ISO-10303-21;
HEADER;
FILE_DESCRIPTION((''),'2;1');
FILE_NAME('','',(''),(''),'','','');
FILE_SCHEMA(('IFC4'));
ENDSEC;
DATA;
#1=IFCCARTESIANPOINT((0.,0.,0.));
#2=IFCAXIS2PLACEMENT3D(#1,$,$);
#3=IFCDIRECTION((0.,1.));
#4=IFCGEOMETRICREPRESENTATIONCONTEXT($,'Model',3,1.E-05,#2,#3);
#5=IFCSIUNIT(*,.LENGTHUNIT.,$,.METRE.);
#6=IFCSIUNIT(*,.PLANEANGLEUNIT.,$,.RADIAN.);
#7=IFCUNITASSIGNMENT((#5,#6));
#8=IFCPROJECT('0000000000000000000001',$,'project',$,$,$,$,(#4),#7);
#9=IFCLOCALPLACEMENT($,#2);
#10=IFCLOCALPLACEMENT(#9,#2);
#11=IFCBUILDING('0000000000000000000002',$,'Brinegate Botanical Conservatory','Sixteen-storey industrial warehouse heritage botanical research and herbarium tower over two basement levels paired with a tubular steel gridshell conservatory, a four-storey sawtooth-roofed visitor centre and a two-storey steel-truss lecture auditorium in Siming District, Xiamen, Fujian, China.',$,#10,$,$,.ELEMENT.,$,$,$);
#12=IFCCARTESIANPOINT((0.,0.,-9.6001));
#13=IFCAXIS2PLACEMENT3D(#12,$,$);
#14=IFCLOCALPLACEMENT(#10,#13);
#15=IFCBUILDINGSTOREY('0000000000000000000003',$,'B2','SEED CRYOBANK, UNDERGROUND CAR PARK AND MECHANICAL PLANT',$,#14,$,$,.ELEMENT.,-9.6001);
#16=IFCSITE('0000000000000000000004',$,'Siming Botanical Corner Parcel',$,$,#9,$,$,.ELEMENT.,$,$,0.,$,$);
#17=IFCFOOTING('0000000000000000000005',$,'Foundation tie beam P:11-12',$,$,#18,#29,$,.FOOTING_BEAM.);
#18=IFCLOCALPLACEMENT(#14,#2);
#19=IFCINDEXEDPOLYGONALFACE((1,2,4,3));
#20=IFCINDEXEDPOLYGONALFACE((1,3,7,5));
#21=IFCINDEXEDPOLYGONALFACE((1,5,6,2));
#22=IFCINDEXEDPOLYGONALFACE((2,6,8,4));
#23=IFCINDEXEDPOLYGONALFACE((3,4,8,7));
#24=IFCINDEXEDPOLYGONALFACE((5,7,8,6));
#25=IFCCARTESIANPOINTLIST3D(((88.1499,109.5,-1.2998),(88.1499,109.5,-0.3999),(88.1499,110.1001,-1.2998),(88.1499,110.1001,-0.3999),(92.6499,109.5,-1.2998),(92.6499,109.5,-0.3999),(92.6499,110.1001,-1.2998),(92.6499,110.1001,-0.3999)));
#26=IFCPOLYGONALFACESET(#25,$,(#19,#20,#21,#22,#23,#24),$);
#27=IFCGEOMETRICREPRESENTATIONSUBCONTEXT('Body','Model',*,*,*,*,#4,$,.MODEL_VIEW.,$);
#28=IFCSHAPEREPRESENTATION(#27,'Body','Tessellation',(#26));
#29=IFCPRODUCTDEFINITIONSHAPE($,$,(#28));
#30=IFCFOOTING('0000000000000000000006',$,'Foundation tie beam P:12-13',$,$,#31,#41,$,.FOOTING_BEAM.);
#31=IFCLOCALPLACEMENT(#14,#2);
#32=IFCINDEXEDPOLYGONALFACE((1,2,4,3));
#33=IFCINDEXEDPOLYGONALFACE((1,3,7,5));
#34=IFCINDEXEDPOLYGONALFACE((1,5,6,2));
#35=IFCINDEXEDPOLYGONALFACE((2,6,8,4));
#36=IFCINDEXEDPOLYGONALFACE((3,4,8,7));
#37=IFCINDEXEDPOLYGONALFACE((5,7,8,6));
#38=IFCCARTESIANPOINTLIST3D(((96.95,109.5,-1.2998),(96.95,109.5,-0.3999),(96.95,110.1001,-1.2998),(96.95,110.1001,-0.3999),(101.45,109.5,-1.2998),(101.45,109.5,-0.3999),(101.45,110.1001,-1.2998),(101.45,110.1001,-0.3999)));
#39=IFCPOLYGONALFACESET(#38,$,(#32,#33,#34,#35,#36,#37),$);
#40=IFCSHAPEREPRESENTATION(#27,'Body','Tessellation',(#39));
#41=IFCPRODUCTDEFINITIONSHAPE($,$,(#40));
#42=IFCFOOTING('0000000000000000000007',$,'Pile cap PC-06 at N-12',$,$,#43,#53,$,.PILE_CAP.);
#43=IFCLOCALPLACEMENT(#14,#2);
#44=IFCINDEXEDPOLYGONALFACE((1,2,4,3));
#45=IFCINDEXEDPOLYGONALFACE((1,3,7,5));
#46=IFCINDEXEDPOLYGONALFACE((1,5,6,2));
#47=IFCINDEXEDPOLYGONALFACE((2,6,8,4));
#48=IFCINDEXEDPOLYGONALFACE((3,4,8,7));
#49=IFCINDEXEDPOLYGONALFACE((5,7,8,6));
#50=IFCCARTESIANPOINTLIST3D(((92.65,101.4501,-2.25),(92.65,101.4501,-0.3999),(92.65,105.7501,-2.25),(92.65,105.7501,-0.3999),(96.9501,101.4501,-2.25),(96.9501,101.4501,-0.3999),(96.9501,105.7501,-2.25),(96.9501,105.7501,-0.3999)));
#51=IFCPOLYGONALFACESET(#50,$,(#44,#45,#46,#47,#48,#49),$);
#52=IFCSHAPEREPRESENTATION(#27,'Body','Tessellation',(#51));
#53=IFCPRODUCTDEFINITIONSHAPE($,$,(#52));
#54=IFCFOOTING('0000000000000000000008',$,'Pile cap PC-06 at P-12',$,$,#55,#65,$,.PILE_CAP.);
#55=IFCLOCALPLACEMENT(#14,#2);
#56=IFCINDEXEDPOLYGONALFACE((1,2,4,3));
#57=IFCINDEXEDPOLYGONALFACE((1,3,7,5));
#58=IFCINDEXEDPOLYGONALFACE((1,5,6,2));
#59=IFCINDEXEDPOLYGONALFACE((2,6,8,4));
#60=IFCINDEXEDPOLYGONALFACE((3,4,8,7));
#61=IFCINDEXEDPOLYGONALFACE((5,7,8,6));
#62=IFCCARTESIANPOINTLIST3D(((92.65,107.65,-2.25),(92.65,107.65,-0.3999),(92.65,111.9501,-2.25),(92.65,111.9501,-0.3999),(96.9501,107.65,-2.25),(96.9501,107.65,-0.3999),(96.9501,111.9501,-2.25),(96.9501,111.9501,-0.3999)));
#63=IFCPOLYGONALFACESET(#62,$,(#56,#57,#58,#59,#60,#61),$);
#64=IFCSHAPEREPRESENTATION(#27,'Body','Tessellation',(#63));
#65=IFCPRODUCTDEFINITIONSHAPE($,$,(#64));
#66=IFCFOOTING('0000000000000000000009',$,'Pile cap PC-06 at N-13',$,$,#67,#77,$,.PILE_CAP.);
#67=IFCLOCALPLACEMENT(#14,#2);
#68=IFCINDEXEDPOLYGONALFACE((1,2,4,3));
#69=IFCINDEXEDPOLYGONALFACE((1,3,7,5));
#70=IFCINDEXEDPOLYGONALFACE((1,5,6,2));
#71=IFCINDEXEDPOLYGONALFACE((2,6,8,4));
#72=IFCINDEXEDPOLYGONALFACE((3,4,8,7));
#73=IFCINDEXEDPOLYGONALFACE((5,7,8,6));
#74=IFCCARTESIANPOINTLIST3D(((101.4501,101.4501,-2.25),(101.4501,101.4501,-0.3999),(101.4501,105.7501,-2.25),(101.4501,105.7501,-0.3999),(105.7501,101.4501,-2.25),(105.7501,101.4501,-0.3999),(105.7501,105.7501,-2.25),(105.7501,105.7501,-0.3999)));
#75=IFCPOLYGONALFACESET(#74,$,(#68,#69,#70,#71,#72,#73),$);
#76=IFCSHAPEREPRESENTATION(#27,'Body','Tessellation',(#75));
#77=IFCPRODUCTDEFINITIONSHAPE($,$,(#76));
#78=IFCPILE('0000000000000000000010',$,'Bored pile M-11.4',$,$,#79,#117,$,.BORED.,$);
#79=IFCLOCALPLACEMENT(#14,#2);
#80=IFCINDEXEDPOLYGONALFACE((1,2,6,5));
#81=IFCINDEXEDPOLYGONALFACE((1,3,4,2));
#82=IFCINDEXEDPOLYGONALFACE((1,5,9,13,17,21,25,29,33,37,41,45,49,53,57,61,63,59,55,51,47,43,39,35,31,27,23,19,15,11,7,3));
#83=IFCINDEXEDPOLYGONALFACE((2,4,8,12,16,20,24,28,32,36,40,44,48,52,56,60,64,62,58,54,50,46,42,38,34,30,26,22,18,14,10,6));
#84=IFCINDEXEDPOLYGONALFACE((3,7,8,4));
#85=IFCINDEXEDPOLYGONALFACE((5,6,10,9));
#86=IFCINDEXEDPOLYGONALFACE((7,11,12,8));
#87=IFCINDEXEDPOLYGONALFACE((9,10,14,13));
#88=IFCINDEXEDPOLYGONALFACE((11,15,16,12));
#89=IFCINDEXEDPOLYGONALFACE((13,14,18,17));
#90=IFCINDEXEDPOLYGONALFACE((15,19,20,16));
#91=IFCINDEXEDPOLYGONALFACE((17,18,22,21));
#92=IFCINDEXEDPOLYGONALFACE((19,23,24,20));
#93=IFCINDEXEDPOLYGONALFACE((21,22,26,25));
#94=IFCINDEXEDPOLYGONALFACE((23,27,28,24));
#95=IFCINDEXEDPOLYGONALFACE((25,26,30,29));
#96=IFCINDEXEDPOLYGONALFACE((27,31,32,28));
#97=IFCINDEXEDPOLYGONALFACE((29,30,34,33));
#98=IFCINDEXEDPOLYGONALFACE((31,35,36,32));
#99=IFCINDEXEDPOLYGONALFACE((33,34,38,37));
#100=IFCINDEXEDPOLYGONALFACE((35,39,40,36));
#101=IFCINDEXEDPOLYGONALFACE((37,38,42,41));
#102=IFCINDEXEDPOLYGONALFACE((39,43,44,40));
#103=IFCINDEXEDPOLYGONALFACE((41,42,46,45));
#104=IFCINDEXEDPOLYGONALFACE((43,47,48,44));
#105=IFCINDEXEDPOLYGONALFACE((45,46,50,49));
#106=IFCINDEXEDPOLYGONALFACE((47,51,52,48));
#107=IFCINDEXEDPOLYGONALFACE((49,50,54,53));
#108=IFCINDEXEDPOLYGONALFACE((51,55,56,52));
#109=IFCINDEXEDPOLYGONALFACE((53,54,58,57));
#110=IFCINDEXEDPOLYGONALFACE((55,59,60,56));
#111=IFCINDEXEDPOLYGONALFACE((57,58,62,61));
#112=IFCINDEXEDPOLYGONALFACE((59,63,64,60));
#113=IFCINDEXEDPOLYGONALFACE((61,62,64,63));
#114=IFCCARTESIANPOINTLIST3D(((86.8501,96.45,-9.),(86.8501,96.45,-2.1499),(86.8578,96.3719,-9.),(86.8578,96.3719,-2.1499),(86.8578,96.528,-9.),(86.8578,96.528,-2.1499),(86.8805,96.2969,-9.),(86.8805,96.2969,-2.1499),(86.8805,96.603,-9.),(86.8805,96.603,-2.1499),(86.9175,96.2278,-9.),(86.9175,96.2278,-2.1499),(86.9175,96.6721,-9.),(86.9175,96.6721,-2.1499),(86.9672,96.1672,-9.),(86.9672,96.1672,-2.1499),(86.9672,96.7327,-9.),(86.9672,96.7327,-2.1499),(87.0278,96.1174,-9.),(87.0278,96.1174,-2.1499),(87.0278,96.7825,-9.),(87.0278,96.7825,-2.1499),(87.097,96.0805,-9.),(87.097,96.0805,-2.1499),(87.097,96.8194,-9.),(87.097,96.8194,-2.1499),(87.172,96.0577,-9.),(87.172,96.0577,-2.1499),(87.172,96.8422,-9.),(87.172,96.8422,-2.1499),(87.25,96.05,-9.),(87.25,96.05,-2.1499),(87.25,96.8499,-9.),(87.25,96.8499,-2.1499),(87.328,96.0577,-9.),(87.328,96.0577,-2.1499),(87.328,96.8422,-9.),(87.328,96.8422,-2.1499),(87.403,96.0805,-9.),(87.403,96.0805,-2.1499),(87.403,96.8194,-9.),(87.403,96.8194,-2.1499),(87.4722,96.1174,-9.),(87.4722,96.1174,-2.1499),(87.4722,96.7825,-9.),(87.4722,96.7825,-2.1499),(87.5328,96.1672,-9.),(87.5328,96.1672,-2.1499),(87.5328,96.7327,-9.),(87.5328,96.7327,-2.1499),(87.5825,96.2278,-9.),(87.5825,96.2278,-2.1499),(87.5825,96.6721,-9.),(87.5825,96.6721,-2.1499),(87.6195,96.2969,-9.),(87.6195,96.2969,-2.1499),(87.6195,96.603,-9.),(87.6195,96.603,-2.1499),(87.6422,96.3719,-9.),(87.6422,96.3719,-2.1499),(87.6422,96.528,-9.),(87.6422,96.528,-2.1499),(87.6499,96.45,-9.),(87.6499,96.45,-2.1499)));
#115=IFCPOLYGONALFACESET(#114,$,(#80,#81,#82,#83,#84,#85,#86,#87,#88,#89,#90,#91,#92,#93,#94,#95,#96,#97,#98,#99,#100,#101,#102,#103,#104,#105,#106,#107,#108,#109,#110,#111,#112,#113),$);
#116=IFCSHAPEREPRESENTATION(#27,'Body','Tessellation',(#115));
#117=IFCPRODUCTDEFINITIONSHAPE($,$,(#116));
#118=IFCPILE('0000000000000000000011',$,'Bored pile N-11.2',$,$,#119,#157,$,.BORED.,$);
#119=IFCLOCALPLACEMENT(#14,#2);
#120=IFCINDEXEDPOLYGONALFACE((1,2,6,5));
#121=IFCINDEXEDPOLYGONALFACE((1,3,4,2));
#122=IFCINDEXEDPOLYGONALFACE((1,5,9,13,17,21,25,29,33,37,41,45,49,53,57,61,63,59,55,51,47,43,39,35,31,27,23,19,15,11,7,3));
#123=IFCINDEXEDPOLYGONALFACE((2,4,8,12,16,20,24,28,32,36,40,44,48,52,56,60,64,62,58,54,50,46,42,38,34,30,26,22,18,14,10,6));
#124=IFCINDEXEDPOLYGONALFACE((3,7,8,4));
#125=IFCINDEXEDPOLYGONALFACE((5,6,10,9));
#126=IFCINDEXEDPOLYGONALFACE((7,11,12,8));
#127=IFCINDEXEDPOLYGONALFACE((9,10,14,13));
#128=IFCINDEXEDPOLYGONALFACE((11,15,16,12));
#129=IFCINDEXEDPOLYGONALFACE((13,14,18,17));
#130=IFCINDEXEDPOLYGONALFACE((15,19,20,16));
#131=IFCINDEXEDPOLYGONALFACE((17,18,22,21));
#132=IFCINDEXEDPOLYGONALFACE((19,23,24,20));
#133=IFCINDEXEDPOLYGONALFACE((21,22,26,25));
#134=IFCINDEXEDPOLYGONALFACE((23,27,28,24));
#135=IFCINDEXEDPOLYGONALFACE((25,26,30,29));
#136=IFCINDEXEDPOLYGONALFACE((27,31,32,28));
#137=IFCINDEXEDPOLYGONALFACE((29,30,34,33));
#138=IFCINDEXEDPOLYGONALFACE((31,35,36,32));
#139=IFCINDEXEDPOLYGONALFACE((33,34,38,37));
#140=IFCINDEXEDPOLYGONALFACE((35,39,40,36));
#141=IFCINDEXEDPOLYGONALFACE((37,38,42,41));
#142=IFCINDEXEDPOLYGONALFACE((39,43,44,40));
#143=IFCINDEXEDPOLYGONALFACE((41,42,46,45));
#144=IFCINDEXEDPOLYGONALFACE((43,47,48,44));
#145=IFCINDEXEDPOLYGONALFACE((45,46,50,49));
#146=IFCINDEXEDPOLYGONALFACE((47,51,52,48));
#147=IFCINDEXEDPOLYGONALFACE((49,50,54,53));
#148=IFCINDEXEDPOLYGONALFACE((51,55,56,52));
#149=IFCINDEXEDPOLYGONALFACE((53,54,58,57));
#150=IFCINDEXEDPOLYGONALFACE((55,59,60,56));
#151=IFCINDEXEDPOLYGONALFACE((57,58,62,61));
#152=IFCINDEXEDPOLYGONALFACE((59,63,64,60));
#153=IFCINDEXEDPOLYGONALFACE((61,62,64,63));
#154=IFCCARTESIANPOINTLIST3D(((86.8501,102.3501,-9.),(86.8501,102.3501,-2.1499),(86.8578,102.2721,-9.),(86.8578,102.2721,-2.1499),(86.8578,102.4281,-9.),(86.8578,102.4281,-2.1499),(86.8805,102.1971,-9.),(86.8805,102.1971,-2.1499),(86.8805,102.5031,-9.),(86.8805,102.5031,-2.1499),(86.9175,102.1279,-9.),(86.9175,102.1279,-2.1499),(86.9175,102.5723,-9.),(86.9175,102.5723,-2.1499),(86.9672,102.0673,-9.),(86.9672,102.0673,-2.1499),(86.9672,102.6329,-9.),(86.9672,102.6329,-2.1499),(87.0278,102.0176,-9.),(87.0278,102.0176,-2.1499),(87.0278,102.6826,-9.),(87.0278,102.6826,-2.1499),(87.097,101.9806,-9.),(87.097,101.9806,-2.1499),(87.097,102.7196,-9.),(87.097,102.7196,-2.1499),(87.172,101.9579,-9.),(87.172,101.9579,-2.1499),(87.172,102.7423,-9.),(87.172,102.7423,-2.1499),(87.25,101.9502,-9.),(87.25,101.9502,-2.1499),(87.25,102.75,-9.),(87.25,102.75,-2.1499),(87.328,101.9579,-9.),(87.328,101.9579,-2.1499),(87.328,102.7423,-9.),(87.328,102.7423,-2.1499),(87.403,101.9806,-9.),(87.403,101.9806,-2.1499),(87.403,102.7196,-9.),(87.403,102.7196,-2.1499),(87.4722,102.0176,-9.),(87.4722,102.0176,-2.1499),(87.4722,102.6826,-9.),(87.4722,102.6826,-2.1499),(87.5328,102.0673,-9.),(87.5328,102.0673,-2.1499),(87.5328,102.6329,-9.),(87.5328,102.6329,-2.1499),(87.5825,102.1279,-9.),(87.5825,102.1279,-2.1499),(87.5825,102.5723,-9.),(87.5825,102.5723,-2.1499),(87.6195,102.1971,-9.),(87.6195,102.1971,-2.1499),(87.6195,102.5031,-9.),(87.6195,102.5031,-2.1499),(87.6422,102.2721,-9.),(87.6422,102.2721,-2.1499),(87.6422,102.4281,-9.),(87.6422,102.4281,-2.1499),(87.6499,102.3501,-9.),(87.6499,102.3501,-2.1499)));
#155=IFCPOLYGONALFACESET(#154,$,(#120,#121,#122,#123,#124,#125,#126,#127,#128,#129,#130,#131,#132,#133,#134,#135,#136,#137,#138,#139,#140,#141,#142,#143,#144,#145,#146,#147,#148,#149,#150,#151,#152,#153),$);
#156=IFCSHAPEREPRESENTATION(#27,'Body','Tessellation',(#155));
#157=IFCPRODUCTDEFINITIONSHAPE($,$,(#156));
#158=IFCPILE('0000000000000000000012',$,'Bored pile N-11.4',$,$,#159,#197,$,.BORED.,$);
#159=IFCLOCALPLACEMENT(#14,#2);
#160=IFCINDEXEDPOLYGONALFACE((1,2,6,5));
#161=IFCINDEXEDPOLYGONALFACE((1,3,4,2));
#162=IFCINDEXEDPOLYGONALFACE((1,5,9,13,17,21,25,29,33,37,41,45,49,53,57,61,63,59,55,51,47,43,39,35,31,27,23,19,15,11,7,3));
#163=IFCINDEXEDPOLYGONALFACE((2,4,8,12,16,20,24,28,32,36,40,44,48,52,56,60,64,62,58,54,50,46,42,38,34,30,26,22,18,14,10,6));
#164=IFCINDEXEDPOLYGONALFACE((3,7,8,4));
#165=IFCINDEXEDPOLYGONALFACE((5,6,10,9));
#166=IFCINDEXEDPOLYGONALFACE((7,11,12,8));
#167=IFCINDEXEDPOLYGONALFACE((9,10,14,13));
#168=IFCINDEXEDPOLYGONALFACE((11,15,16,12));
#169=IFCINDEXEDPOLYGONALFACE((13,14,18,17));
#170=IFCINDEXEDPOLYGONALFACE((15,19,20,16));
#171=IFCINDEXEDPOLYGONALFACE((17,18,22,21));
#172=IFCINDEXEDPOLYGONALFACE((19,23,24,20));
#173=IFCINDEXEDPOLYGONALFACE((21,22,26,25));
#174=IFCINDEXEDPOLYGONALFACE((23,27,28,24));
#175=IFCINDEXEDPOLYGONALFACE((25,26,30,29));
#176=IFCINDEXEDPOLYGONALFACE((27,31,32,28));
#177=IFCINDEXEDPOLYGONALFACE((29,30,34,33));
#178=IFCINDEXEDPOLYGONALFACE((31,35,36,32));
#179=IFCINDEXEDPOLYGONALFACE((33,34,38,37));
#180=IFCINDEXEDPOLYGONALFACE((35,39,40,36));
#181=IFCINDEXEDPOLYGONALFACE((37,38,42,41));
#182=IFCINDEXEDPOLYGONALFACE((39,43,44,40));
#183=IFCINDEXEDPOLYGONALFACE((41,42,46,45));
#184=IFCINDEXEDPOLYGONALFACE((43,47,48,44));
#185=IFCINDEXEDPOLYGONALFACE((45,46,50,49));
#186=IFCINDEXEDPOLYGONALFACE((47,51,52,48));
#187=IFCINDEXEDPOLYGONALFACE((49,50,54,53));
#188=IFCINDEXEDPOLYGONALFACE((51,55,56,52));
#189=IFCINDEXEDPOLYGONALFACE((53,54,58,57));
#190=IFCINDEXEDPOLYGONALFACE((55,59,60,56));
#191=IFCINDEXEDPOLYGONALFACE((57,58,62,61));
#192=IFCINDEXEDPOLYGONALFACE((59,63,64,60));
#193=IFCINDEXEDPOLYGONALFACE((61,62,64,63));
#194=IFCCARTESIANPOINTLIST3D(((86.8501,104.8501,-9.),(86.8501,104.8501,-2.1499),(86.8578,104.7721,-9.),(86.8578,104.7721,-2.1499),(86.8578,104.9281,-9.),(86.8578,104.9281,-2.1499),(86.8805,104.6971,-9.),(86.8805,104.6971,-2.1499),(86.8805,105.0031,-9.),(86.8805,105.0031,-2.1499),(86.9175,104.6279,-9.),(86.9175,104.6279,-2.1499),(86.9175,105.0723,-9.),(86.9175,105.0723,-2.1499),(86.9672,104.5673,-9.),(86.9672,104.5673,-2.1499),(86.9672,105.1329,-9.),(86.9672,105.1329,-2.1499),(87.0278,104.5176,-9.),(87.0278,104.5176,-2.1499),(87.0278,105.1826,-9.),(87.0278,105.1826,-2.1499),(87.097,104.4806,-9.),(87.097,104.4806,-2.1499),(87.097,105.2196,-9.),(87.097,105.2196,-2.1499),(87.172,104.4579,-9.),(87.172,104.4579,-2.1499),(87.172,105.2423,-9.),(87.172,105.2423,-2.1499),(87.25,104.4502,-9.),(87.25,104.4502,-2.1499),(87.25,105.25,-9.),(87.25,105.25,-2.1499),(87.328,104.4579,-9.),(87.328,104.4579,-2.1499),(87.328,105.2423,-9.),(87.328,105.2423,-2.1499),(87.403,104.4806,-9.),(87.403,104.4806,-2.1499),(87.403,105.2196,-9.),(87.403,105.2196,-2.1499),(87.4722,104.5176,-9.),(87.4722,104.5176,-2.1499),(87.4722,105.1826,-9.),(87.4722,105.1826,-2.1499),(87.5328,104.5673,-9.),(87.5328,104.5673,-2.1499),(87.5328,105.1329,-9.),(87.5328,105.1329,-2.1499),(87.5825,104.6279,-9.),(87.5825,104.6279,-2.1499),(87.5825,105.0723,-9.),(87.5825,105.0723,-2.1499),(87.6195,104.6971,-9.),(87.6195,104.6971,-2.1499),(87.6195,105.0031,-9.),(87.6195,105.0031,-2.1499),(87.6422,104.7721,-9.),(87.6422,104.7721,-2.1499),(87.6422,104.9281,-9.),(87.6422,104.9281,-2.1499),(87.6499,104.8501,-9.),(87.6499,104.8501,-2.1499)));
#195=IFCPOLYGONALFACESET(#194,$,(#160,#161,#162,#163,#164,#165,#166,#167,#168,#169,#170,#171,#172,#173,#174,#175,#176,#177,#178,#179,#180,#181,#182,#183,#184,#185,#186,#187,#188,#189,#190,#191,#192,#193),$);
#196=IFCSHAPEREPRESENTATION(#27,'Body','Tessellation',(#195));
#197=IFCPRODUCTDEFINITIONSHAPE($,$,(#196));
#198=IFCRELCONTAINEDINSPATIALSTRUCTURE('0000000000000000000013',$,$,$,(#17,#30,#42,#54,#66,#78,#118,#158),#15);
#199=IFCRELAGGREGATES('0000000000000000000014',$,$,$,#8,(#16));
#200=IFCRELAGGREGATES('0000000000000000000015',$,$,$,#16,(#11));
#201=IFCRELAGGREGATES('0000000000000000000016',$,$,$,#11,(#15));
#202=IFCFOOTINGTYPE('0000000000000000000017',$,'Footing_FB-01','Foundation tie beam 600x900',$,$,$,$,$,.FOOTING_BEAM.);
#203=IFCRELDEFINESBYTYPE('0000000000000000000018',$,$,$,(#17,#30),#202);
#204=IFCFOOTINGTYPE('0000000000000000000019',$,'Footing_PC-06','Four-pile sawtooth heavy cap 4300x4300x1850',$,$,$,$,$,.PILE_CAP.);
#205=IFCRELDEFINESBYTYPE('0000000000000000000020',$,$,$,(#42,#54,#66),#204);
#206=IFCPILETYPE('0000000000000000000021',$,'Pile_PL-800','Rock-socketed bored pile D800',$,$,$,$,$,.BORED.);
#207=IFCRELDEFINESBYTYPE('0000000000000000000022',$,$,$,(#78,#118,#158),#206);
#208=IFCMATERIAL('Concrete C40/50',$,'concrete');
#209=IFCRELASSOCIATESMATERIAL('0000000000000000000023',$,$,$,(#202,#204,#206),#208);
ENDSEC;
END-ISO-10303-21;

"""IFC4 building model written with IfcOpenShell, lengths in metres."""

from ifc_helpers import new_model, si_unit, direction, frame, origin, origin_2d, place, context, subcontext, project, spatial, rectangle, circle, extrude, material, material_profile, profile_set, type_object, element, save


model = new_model("IFC4")

# Units and contexts
model_context = context("Model", 3, precision=1e-05, world=origin(), true_north=direction((0.0, 1.0)))
body_context = subcontext(model_context, "Body", "Model", "MODEL_VIEW")
ifc_project = project(units=[si_unit("LENGTHUNIT", "METRE"), si_unit("PLANEANGLEUNIT", "RADIAN")], contexts=[model_context])

# Site, building, storey
site_placement = place(None, origin())
site = spatial("IfcSite", under=ifc_project, at=site_placement, Name="Siming Botanical Corner Parcel", CompositionType="ELEMENT", RefElevation=0.0)
building_placement = place(site_placement, origin())
building = spatial("IfcBuilding", under=site, at=building_placement, Name="Brinegate Botanical Conservatory", Description="Sixteen-storey industrial warehouse heritage botanical research and herbarium tower over two basement levels paired with a tubular steel gridshell conservatory, a four-storey sawtooth-roofed visitor centre and a two-storey steel-truss lecture auditorium in Siming District, Xiamen, Fujian, China.", CompositionType="ELEMENT")
storey_placement = place(building_placement, frame((0.0, 0.0, -9.6001)))
storey = spatial("IfcBuildingStorey", under=building, at=storey_placement, Name="B2", Description="SEED CRYOBANK, UNDERGROUND CAR PARK AND MECHANICAL PLANT", CompositionType="ELEMENT", Elevation=-9.6001)

# Footings
ifc_material = material(Name="Concrete C40/50", Category="concrete")
ifc_material_profile_1 = material_profile(ifc_material, rectangle(XDim=0.6001, YDim=0.8999, at=origin_2d()), Name="RC GB 600x900")
ifc_profile_set_1 = profile_set([ifc_material_profile_1], Name="Concrete C40/50")
footing_type_1 = type_object("IfcFootingType", Name="Footing_FB-01", Description="Foundation tie beam 600x900", PredefinedType="FOOTING_BEAM", material=ifc_profile_set_1)
for number, where, z_axis, x_axis, name in (
    (1, (88.1499, 109.8, -0.8499), (1.0, 0.0, 0.0), (0.0, 1.0, 0.0), "Foundation tie beam P:11-12"),
    (2, (96.95, 109.8, -0.8499), (1.0, 0.0, 0.0), (0.0, 1.0, 0.0), "Foundation tie beam P:12-13"),
):
    element("IfcFooting", number, at=place(storey_placement, frame(where, z_axis=z_axis, x_axis=x_axis)), inside=storey, type_object=footing_type_1, Name=name, PredefinedType="FOOTING_BEAM", context=body_context, shape_type="SweptSolid", body=[
        extrude(rectangle(XDim=0.6001, YDim=0.8999, at=origin_2d()), origin(), (0.0, 0.0, 1.0), 4.5),
    ])
footing_type_2 = type_object("IfcFootingType", Name="Footing_PC-06", Description="Four-pile sawtooth heavy cap 4300x4300x1850", PredefinedType="PILE_CAP", material=ifc_material)
for number, where, z_axis, x_axis, name in (
    (3, (94.8, 103.6001, -2.25), (0.0, 0.0, 1.0), (1.0, 0.0, 0.0), "Pile cap PC-06 at N-12"),
    (4, (94.8, 109.8, -2.25), (0.0, 0.0, 1.0), (1.0, 0.0, 0.0), "Pile cap PC-06 at P-12"),
    (5, (103.6001, 103.6001, -2.25), (0.0, 0.0, 1.0), (1.0, 0.0, 0.0), "Pile cap PC-06 at N-13"),
):
    element("IfcFooting", number, at=place(storey_placement, frame(where, z_axis=z_axis, x_axis=x_axis)), inside=storey, type_object=footing_type_2, Name=name, PredefinedType="PILE_CAP", context=body_context, shape_type="SweptSolid", body=[
        extrude(rectangle(XDim=4.3, YDim=4.3, at=origin_2d()), origin(), (0.0, 0.0, 1.0), 1.8501),
    ])

# Piles
ifc_material_profile_2 = material_profile(ifc_material, circle(Radius=0.3999, at=origin_2d()), Name="PILE D800")
ifc_profile_set_2 = profile_set([ifc_material_profile_2], Name="Concrete C40/50")
pile_type = type_object("IfcPileType", Name="Pile_PL-800", Description="Rock-socketed bored pile D800", PredefinedType="BORED", material=ifc_profile_set_2)
for number, where, z_axis, x_axis, name in (
    (6, (87.25, 96.45, -2.1499), (0.0, 0.0, -1.0), (1.0, 0.0, 0.0), "Bored pile M-11.4"),
    (7, (87.25, 102.3501, -2.1499), (0.0, 0.0, -1.0), (1.0, 0.0, 0.0), "Bored pile N-11.2"),
    (8, (87.25, 104.8501, -2.1499), (0.0, 0.0, -1.0), (1.0, 0.0, 0.0), "Bored pile N-11.4"),
):
    element("IfcPile", number, at=place(storey_placement, frame(where, z_axis=z_axis, x_axis=x_axis)), inside=storey, type_object=pile_type, Name=name, PredefinedType="BORED", context=body_context, shape_type="SweptSolid", body=[
        extrude(circle(Radius=0.3999, at=origin_2d()), origin(), (0.0, 0.0, 1.0), 6.8501),
    ])

save(model, "model.ifc")
